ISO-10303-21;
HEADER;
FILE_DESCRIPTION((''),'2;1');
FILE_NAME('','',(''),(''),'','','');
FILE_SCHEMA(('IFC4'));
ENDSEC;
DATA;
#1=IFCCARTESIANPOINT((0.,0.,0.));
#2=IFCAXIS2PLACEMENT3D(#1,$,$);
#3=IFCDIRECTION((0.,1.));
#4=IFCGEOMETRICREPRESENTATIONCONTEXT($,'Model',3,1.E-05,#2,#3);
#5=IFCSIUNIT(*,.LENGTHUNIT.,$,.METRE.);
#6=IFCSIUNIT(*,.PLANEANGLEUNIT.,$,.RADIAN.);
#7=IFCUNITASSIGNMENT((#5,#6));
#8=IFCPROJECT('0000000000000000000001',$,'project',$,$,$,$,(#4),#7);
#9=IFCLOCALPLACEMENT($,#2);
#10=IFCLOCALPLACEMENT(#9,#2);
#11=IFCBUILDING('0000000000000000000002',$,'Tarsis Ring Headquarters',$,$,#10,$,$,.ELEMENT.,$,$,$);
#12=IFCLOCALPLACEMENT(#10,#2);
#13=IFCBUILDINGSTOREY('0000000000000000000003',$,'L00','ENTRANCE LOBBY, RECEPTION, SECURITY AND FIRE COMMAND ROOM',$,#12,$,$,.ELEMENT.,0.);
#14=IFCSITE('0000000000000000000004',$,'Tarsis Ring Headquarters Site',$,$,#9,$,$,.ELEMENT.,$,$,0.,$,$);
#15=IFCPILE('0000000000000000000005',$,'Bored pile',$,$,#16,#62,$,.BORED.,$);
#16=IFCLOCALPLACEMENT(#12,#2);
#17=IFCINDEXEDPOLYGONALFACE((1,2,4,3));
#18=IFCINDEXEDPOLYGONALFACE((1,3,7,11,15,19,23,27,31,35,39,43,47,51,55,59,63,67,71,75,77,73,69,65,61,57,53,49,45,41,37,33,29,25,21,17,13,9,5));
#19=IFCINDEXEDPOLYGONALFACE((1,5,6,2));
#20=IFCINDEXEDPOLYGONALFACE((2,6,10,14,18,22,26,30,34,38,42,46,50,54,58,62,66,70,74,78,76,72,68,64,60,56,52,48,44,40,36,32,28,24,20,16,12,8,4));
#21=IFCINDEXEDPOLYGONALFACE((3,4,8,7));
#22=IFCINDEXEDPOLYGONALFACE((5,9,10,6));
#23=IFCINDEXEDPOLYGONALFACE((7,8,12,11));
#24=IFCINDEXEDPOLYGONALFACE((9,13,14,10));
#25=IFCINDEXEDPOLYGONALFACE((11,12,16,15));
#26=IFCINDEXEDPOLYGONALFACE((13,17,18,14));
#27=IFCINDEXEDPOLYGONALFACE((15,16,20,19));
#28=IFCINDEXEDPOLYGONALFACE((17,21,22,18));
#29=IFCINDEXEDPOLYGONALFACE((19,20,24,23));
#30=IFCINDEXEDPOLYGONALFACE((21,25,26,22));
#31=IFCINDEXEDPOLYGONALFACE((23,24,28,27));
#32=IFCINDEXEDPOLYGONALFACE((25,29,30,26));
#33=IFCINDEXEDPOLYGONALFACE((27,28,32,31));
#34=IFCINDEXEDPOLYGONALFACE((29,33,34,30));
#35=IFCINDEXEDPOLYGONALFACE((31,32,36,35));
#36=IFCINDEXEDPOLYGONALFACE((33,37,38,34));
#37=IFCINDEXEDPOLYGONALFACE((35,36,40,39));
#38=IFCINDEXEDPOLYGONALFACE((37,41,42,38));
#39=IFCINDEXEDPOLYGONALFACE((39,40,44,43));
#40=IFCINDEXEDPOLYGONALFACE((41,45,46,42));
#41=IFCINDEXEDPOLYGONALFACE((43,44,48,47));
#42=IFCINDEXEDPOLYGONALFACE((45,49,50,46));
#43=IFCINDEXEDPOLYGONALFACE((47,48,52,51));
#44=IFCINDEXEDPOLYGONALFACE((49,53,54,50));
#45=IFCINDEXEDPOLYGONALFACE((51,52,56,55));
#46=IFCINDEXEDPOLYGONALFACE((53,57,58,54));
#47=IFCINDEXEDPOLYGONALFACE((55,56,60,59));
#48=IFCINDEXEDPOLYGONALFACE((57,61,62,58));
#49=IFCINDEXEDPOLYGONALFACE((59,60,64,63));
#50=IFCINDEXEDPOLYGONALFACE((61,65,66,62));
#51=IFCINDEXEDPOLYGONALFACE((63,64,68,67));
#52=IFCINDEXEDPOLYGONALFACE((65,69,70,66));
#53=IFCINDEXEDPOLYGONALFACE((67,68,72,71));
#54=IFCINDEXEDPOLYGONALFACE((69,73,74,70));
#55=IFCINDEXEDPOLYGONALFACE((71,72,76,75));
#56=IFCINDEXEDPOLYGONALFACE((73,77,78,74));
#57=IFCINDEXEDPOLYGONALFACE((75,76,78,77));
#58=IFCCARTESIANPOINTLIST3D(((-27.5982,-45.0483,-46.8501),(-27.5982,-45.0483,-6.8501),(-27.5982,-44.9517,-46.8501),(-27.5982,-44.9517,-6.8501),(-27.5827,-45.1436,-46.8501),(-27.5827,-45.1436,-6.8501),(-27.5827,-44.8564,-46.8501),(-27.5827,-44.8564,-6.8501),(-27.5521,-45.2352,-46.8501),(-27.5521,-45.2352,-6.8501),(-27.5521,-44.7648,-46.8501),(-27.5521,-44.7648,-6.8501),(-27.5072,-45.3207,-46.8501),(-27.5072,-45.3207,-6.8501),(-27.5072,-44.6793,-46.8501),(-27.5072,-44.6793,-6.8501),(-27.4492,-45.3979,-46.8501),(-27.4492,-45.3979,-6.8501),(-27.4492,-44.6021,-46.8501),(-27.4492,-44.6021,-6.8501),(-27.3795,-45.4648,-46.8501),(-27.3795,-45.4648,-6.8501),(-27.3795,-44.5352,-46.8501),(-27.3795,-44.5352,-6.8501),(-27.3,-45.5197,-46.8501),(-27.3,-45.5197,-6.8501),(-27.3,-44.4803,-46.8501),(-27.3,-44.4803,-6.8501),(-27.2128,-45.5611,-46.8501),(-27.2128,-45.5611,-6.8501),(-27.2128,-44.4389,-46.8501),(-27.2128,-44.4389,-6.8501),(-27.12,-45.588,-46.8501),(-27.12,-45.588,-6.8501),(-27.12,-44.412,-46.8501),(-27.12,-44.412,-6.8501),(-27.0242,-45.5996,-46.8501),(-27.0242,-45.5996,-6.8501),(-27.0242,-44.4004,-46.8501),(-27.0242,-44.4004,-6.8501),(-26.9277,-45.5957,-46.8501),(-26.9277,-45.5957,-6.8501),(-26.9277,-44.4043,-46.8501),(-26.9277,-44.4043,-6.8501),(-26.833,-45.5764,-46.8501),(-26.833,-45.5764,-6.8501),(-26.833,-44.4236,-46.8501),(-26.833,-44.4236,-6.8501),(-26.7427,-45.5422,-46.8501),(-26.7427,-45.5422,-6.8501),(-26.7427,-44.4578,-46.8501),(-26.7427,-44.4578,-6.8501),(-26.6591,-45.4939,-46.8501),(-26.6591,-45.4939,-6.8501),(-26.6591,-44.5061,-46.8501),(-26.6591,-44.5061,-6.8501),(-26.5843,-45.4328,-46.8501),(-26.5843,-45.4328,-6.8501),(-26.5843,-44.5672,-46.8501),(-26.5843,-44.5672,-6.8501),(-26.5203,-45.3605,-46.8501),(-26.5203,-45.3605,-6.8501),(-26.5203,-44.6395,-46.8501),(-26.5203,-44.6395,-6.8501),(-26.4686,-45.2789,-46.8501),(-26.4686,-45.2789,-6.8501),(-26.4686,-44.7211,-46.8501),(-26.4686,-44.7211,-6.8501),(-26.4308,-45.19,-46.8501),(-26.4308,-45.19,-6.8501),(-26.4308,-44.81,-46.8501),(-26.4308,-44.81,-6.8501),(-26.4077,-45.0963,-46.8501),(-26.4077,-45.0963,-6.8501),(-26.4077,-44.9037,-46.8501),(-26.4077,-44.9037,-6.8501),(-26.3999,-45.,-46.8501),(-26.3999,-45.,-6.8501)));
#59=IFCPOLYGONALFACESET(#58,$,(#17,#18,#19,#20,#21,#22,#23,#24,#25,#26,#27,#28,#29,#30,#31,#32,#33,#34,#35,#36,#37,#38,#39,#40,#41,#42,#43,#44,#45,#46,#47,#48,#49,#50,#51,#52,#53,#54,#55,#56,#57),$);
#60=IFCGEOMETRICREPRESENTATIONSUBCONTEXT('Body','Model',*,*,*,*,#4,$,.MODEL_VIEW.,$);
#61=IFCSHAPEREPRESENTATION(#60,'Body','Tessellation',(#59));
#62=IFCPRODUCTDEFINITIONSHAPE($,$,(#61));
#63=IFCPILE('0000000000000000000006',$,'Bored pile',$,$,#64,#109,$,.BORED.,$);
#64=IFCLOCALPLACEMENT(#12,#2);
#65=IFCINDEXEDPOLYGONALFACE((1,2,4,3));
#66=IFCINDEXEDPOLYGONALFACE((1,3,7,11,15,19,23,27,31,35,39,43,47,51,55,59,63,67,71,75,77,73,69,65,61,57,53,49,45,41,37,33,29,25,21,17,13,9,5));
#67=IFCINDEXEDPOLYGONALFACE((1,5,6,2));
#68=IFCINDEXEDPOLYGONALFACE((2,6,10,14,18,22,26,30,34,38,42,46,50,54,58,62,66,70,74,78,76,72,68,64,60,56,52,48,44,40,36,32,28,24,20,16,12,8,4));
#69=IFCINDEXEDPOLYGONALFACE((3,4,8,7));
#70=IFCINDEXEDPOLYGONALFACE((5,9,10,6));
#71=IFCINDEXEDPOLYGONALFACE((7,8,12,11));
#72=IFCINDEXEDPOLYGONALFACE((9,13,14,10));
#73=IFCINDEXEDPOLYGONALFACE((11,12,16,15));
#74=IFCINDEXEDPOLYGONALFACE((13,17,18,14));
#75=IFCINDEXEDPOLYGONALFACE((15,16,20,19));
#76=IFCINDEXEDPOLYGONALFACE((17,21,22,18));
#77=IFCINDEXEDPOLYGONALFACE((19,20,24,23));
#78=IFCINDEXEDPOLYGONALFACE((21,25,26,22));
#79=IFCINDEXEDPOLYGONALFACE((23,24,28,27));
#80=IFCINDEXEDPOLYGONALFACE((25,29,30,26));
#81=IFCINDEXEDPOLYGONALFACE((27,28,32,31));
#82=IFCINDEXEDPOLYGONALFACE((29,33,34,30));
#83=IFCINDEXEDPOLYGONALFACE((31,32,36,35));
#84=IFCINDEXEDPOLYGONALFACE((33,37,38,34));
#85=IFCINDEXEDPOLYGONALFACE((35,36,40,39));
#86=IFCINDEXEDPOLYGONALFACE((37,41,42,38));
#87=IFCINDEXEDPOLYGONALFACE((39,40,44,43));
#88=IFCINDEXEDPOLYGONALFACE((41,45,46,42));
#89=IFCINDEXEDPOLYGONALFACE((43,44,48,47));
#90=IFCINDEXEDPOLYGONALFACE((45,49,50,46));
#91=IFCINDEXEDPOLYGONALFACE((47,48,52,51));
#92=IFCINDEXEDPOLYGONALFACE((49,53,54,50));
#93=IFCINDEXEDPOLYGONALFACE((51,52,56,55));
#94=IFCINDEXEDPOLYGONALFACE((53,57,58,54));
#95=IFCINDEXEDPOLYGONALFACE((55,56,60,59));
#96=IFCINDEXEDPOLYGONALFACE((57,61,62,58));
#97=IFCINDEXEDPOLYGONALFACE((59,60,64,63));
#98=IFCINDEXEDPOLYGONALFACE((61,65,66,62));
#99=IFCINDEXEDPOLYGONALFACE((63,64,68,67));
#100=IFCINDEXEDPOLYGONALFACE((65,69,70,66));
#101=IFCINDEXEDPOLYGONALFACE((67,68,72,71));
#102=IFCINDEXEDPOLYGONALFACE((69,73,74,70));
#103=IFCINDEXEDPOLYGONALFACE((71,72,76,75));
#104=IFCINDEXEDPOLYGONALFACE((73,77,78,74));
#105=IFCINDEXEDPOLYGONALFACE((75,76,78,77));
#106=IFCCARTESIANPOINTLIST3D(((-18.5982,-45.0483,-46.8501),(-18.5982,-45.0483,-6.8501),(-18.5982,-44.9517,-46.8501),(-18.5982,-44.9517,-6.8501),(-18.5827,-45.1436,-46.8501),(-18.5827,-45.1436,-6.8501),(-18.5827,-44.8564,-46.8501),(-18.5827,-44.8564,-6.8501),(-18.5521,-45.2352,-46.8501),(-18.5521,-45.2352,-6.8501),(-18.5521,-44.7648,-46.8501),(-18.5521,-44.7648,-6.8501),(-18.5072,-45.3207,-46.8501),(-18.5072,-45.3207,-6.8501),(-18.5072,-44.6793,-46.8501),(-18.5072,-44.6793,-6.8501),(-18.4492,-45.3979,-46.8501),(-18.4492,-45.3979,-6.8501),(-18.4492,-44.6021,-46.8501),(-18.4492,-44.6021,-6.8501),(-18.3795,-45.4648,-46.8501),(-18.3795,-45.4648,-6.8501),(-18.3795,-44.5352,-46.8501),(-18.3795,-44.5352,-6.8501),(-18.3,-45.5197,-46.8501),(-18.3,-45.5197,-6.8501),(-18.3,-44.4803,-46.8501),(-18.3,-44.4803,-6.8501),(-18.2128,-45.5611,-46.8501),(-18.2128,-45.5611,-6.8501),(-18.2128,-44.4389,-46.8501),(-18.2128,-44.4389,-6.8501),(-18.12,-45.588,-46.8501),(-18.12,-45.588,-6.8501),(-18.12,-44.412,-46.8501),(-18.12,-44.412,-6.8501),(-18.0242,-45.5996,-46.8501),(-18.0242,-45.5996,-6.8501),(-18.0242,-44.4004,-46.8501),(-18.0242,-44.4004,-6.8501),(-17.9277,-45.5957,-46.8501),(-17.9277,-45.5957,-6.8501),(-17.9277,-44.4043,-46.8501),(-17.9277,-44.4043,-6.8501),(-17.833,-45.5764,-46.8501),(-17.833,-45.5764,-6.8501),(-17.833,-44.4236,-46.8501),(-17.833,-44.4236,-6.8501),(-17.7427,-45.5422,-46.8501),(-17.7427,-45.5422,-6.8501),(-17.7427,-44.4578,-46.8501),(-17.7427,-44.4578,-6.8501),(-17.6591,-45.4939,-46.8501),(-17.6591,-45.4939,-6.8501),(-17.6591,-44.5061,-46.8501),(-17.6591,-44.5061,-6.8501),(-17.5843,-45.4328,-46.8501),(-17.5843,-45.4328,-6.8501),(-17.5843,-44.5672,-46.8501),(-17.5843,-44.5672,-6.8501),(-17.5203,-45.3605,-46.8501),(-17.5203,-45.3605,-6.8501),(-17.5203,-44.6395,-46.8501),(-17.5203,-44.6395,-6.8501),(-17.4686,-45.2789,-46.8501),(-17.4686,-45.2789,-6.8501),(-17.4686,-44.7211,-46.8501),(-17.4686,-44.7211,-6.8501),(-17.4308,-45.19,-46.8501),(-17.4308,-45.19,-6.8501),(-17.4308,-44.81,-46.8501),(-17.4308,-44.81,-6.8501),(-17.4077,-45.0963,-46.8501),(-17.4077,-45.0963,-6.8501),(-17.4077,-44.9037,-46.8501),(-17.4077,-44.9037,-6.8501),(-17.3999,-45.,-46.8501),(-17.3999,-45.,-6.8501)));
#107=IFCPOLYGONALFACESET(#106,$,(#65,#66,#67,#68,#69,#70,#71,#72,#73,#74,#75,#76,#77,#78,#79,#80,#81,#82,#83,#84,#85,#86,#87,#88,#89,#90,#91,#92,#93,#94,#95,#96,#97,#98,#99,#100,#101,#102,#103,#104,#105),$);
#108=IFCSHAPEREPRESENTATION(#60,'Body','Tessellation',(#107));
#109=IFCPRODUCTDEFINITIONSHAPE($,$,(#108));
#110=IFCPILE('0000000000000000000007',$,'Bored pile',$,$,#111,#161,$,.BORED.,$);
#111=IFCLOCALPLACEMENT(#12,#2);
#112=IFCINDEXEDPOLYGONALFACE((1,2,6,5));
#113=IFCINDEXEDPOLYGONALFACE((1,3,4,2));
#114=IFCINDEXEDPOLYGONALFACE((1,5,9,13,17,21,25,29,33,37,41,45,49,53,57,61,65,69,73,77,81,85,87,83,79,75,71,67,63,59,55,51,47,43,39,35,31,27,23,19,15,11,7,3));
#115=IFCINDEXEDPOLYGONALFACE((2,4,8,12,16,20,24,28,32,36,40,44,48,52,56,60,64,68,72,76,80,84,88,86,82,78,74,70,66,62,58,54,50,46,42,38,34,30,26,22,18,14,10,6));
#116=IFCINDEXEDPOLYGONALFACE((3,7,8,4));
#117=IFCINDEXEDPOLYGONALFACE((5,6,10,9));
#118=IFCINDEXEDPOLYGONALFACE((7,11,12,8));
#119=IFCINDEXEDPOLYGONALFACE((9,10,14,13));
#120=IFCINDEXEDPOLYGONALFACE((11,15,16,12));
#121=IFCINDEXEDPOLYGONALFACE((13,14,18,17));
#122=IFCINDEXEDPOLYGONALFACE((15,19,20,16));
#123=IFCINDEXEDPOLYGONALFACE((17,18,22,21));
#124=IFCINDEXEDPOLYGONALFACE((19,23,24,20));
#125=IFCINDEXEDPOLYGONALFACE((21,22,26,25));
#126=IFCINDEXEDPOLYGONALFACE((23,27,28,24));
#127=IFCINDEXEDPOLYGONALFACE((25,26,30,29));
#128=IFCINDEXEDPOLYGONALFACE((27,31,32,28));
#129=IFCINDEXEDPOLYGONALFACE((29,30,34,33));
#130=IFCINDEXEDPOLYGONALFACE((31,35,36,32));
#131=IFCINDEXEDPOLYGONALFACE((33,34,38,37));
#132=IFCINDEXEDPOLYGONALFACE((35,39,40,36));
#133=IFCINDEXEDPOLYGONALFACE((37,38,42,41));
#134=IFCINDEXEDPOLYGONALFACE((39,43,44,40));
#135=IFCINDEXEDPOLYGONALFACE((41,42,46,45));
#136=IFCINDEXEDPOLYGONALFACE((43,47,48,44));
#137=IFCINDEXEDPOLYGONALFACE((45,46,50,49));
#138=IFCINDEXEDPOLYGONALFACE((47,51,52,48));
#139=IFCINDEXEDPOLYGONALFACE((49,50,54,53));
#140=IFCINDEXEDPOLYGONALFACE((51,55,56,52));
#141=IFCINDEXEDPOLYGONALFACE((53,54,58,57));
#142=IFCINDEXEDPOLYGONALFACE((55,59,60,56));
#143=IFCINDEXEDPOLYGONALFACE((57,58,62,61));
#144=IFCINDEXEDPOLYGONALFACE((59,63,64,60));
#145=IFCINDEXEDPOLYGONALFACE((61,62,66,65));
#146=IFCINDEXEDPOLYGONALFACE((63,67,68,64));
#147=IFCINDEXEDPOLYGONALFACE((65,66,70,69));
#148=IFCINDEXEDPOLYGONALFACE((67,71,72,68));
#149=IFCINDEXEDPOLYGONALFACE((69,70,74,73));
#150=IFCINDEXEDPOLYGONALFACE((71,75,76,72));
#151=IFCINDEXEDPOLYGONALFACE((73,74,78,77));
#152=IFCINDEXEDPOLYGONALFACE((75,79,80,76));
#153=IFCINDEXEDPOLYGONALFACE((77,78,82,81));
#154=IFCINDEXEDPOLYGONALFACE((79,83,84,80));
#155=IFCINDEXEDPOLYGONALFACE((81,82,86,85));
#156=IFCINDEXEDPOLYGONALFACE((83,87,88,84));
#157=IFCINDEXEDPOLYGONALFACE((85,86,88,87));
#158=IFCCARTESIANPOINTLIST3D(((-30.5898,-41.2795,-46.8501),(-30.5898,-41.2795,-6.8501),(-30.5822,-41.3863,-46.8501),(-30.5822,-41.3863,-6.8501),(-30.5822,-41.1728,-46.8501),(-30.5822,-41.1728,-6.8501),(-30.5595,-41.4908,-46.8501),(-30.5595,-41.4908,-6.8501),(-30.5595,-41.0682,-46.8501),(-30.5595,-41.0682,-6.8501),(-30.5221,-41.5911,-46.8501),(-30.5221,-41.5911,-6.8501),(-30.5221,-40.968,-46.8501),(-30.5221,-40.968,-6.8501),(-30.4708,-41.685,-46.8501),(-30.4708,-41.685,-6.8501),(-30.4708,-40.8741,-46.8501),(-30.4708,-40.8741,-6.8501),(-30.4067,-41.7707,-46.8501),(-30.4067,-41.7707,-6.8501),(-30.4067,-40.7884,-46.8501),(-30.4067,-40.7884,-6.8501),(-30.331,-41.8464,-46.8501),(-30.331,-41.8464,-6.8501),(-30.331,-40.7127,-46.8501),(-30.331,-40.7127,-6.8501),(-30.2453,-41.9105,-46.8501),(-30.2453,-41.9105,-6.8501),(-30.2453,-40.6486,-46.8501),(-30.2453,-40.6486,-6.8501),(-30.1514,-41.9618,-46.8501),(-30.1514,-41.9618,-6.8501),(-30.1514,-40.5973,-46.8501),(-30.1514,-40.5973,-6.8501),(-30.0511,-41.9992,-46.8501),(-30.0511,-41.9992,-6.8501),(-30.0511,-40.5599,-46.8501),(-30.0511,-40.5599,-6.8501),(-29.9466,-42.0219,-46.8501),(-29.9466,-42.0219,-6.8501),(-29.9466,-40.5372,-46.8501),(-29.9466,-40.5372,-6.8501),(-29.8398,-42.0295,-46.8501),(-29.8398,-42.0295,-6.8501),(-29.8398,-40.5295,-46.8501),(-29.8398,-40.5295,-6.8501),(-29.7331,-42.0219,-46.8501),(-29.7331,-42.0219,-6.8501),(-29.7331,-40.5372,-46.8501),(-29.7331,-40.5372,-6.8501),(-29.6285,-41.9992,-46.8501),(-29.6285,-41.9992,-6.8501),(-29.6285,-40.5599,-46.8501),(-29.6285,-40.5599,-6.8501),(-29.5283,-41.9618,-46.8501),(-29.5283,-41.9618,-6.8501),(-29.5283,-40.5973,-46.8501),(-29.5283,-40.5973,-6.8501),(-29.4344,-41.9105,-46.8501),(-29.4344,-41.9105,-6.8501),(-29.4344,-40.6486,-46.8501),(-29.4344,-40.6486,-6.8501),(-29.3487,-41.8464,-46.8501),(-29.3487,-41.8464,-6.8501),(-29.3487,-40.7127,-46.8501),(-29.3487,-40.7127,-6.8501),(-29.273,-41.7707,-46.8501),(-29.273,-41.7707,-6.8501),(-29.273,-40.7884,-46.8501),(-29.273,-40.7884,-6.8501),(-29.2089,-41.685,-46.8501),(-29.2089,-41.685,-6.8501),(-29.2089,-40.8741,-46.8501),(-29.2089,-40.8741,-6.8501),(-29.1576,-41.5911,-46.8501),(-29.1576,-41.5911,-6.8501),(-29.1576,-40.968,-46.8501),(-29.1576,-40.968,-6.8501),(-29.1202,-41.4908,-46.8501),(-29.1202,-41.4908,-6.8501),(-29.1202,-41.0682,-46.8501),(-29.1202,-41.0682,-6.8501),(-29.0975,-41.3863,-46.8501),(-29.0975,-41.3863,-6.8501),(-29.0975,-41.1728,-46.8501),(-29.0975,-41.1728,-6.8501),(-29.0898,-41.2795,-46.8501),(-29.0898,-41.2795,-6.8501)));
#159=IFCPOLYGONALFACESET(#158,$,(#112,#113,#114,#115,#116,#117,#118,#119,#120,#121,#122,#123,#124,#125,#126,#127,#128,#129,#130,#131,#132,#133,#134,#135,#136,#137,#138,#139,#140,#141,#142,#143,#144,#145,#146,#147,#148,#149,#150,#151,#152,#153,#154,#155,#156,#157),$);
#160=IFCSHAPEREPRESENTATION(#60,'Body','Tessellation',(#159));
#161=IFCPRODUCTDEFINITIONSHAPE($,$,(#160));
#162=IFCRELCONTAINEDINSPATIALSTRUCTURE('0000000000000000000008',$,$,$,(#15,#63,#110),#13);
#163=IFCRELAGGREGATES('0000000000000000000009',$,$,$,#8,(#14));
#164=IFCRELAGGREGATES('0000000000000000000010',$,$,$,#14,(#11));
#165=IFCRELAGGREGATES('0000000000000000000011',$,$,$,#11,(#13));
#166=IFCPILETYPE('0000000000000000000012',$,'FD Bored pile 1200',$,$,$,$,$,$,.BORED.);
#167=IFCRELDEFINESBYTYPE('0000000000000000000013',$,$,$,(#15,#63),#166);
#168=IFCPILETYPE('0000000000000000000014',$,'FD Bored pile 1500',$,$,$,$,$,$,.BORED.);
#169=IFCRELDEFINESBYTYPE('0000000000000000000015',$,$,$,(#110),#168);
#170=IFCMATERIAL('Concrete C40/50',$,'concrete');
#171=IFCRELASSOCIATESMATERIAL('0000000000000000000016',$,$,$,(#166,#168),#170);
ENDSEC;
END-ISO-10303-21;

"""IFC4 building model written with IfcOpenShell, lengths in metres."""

from ifc_helpers import new_model, si_unit, direction, frame, origin, origin_2d, place, context, subcontext, project, spatial, circle, extrude, material, material_profile, profile_set, type_object, element, save


model = new_model("IFC4")

# Units and contexts
model_context = context("Model", 3, precision=1e-05, world=origin(), true_north=direction((0.0, 1.0)))
body_context = subcontext(model_context, "Body", "Model", "MODEL_VIEW")
ifc_project = project(units=[si_unit("LENGTHUNIT", "METRE"), si_unit("PLANEANGLEUNIT", "RADIAN")], contexts=[model_context])

# Site, building, storey
site_placement = place(None, origin())
site = spatial("IfcSite", under=ifc_project, at=site_placement, Name="Tarsis Ring Headquarters Site", CompositionType="ELEMENT", RefElevation=0.0)
building_placement = place(site_placement, origin())
building = spatial("IfcBuilding", under=site, at=building_placement, Name="Tarsis Ring Headquarters", CompositionType="ELEMENT")
storey_placement = place(building_placement, origin())
storey = spatial("IfcBuildingStorey", under=building, at=storey_placement, Name="L00", Description="ENTRANCE LOBBY, RECEPTION, SECURITY AND FIRE COMMAND ROOM", CompositionType="ELEMENT", Elevation=0.0)

# Piles
ifc_material_1 = material(Name="Concrete C40/50", Category="concrete")
ifc_material_profile_1 = material_profile(ifc_material_1, circle(Radius=0.6001, at=origin_2d()), Name="BORED 1200")
ifc_profile_set_1 = profile_set([ifc_material_profile_1], Name="Concrete C40/50")
pile_type_1 = type_object("IfcPileType", Name="FD Bored pile 1200", PredefinedType="BORED", material=ifc_profile_set_1)
for number, where, z_axis, x_axis, name in (
    (1, (-27.0, -45.0, -6.8501), (0.0, 0.0, -1.0), (1.0, 0.0, 0.0), "Bored pile"),
    (2, (-18.0, -45.0, -6.8501), (0.0, 0.0, -1.0), (1.0, 0.0, 0.0), "Bored pile"),
):
    element("IfcPile", number, at=place(storey_placement, frame(where, z_axis=z_axis, x_axis=x_axis)), inside=storey, type_object=pile_type_1, Name=name, PredefinedType="BORED", context=body_context, shape_type="SweptSolid", body=[
        extrude(circle(Radius=0.6001, at=origin_2d()), origin(), (0.0, 0.0, 1.0), 40.0),
    ])
ifc_material_profile_2 = material_profile(ifc_material_1, circle(Radius=0.75, at=origin_2d()), Name="BORED 1500")
ifc_profile_set_2 = profile_set([ifc_material_profile_2], Name="Concrete C40/50")
pile_type_2 = type_object("IfcPileType", Name="FD Bored pile 1500", PredefinedType="BORED", material=ifc_profile_set_2)
for number, where, z_axis, x_axis, name in (
    (3, (-29.8398, -41.2795, -6.8501), (0.0, 0.0, -1.0), (1.0, 0.0, 0.0), "Bored pile"),
):
    element("IfcPile", number, at=place(storey_placement, frame(where, z_axis=z_axis, x_axis=x_axis)), inside=storey, type_object=pile_type_2, Name=name, PredefinedType="BORED", context=body_context, shape_type="SweptSolid", body=[
        extrude(circle(Radius=0.75, at=origin_2d()), origin(), (0.0, 0.0, 1.0), 40.0),
    ])

save(model, "model.ifc")
